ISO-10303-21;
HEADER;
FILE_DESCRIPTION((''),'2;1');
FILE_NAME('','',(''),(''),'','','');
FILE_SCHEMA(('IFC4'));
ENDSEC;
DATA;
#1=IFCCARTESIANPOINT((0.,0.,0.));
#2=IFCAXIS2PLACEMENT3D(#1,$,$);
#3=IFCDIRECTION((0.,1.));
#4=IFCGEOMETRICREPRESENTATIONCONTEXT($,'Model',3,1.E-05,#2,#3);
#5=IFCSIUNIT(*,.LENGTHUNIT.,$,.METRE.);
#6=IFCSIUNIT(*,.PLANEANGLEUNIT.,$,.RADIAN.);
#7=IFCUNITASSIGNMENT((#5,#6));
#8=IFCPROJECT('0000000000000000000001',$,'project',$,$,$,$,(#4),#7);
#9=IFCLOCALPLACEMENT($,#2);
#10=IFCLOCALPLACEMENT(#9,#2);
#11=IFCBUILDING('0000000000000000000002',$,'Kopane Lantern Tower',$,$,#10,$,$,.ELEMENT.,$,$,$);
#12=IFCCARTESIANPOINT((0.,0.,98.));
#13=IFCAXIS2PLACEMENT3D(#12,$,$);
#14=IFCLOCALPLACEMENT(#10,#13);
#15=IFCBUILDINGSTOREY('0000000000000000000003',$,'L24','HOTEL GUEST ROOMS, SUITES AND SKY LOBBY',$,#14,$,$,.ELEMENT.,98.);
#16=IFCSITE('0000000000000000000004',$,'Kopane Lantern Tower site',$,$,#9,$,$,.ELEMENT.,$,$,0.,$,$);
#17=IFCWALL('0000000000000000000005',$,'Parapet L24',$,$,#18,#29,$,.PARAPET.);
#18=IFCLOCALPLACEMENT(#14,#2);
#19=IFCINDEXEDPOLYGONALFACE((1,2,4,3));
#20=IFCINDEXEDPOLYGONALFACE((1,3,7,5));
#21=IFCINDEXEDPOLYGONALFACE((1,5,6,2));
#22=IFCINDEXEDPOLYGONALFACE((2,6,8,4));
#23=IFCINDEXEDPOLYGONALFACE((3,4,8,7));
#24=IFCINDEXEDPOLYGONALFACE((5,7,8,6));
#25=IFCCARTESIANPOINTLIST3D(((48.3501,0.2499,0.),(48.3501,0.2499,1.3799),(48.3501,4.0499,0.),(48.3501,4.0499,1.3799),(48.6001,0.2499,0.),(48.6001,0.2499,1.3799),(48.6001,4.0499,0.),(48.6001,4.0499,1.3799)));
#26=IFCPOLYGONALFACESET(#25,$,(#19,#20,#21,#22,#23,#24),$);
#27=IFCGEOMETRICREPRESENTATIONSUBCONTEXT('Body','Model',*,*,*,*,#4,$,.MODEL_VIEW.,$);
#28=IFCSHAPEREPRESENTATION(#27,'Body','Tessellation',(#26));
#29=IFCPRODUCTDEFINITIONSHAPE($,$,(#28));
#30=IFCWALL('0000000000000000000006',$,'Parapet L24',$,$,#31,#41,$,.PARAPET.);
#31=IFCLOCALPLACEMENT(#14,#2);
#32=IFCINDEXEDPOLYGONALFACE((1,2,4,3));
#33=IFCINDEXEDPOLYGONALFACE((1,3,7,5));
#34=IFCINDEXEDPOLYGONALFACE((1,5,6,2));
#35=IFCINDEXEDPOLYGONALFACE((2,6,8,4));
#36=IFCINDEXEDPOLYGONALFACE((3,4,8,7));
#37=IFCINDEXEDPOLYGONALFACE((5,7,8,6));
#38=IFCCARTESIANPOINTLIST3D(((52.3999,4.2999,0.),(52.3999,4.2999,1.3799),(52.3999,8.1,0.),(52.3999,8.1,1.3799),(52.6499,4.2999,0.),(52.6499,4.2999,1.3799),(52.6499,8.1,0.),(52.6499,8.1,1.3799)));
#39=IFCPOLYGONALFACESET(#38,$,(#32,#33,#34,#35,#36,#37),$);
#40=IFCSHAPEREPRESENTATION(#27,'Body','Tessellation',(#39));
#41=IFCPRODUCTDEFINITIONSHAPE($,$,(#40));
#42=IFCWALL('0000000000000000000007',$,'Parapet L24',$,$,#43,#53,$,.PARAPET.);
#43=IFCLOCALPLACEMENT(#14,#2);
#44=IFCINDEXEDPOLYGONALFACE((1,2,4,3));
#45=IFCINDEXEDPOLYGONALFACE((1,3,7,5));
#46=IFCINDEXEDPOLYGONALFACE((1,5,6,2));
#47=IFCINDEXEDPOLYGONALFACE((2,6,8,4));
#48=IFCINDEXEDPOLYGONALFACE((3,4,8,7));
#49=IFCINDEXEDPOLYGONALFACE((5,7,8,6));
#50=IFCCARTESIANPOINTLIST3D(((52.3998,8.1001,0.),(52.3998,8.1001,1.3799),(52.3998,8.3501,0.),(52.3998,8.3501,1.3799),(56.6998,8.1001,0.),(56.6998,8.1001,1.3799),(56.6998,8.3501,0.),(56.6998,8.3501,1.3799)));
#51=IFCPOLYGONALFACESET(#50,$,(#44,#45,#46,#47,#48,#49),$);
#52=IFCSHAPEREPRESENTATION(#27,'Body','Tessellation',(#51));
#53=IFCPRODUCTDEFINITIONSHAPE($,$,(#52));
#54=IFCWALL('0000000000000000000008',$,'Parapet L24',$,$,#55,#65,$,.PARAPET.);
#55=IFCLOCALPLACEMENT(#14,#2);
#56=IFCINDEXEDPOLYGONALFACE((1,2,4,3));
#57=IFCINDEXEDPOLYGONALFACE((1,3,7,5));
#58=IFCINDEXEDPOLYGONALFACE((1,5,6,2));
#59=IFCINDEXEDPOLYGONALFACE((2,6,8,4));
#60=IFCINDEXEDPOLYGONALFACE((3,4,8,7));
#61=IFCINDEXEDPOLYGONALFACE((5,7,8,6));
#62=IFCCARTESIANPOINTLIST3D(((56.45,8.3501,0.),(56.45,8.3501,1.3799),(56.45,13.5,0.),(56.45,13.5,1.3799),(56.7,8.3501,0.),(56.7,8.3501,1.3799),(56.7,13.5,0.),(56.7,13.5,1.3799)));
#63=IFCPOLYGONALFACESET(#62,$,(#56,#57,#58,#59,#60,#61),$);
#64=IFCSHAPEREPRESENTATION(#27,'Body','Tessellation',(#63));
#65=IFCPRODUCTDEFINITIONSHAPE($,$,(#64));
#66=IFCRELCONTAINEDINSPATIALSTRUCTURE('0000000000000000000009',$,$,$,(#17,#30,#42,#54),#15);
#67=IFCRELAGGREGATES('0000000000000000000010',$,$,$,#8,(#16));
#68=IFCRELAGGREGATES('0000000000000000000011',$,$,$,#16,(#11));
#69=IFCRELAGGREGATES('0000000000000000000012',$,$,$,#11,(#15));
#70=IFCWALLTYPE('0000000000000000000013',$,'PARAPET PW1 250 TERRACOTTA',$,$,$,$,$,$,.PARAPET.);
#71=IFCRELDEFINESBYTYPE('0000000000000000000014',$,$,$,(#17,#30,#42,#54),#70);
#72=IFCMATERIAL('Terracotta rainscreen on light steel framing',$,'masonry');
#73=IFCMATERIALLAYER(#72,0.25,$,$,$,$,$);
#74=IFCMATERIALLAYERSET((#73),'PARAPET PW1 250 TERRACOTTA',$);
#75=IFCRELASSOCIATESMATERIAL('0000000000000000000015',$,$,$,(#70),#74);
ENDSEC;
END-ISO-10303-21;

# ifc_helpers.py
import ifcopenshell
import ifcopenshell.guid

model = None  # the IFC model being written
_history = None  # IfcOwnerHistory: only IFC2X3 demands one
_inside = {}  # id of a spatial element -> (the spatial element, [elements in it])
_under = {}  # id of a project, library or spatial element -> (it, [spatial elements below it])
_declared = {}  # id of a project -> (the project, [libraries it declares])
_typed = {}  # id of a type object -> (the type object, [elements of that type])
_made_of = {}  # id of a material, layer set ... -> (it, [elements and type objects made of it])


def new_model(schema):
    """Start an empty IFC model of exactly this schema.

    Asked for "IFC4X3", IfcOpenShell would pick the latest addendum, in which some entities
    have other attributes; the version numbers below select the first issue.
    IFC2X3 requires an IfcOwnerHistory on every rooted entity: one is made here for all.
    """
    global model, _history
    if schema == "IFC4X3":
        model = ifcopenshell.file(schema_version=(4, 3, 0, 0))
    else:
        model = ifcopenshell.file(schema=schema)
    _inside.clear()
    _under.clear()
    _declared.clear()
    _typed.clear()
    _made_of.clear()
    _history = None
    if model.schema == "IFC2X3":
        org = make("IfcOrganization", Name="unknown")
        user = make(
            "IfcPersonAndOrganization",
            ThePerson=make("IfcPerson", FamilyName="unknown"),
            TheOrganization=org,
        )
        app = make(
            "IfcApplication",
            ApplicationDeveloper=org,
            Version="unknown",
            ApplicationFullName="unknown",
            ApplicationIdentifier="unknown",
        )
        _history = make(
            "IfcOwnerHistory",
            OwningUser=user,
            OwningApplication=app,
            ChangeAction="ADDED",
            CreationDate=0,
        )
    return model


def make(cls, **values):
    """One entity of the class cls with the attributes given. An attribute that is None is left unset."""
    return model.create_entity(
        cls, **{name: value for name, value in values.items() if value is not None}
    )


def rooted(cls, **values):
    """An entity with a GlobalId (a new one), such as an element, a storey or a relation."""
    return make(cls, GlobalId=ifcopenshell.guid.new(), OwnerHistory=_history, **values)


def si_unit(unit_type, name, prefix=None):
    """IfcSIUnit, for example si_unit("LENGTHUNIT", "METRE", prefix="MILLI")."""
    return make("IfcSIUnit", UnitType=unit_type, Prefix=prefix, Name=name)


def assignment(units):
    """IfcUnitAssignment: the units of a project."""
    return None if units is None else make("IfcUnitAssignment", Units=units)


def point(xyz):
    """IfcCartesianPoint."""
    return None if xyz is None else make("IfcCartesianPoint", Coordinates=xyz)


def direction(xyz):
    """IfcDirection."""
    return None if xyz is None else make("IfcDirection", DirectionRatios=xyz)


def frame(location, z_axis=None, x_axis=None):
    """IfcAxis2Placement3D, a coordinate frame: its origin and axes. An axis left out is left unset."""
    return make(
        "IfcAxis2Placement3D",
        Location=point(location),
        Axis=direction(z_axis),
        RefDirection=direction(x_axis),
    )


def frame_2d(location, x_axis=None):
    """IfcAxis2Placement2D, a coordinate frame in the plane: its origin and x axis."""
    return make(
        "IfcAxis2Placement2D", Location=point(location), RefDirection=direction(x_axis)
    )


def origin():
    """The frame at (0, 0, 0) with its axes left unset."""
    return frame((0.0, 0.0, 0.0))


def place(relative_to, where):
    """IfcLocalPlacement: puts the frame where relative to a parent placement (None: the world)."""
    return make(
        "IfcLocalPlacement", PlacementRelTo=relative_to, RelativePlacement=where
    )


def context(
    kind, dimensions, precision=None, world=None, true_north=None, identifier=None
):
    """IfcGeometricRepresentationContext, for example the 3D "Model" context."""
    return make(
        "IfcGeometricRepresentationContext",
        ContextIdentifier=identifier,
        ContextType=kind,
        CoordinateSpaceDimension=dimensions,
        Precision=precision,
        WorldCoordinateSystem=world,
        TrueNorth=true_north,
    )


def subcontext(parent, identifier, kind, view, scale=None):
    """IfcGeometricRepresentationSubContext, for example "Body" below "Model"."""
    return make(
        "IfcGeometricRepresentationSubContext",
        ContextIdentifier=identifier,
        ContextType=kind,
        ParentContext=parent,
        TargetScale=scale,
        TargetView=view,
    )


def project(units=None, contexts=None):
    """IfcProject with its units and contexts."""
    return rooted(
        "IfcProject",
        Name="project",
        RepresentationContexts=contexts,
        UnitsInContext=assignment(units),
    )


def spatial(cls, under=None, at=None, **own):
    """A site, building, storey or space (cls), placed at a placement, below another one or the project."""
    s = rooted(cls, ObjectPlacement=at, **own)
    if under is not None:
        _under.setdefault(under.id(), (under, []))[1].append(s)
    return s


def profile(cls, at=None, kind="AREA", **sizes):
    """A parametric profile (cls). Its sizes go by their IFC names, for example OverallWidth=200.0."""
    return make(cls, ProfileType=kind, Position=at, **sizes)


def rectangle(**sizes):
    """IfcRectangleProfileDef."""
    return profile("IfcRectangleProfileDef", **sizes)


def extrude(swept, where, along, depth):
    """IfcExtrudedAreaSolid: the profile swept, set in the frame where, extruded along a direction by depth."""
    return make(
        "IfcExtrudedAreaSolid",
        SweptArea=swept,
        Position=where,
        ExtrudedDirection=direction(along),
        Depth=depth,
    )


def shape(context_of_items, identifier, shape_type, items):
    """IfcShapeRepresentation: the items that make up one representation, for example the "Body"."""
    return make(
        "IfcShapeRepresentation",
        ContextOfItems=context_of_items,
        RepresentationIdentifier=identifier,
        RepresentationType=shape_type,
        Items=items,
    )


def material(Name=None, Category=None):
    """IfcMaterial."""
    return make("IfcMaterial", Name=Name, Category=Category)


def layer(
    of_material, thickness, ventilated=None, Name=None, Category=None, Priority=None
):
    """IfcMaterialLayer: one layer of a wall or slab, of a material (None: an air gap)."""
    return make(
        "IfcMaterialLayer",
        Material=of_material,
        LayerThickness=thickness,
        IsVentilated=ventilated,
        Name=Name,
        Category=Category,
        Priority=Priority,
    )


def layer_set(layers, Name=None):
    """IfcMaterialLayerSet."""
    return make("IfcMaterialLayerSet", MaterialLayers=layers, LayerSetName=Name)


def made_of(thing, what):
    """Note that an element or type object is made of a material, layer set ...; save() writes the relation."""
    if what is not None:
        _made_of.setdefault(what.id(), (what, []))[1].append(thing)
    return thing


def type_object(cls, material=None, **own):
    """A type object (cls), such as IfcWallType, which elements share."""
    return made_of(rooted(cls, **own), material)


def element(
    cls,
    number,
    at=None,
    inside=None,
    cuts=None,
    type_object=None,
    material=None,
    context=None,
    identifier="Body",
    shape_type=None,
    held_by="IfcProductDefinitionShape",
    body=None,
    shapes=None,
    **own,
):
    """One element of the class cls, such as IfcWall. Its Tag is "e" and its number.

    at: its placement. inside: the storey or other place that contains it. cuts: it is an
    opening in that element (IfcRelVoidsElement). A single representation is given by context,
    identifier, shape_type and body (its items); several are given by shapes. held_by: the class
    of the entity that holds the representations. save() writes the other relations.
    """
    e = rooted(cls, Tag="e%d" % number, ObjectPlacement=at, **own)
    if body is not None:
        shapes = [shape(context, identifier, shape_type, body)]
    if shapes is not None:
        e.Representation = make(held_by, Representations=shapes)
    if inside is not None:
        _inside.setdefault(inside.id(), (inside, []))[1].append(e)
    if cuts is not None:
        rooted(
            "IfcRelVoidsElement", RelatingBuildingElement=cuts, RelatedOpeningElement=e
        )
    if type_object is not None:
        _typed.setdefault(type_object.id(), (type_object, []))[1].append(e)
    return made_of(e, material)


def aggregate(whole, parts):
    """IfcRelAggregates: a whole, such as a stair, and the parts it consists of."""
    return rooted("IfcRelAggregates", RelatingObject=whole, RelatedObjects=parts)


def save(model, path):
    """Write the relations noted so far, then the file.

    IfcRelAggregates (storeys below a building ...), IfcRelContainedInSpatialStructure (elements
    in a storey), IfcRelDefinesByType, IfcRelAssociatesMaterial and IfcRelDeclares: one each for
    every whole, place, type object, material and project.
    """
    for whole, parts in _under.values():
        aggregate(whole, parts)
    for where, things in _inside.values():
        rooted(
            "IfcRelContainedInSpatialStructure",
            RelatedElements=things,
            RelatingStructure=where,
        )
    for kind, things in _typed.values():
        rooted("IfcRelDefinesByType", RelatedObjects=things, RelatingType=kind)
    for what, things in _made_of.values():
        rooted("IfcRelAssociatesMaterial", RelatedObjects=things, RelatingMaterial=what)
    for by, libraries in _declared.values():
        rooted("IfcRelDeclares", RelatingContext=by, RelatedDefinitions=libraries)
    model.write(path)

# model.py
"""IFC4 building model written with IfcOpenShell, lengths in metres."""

from ifc_helpers import new_model, si_unit, direction, frame, frame_2d, origin, place, context, subcontext, project, spatial, rectangle, extrude, material, layer, layer_set, type_object, element, save


model = new_model("IFC4")

# Units and contexts
model_context = context("Model", 3, precision=1e-05, world=origin(), true_north=direction((0.0, 1.0)))
body_context = subcontext(model_context, "Body", "Model", "MODEL_VIEW")
ifc_project = project(units=[si_unit("LENGTHUNIT", "METRE"), si_unit("PLANEANGLEUNIT", "RADIAN")], contexts=[model_context])

# Site, building, storey
site_placement = place(None, origin())
site = spatial("IfcSite", under=ifc_project, at=site_placement, Name="Kopane Lantern Tower site", CompositionType="ELEMENT", RefElevation=0.0)
building_placement = place(site_placement, origin())
building = spatial("IfcBuilding", under=site, at=building_placement, Name="Kopane Lantern Tower", CompositionType="ELEMENT")
storey_placement = place(building_placement, frame((0.0, 0.0, 98.0)))
storey = spatial("IfcBuildingStorey", under=building, at=storey_placement, Name="L24", Description="HOTEL GUEST ROOMS, SUITES AND SKY LOBBY", CompositionType="ELEMENT", Elevation=98.0)

# Walls
ifc_material_1 = material(Name="Terracotta rainscreen on light steel framing", Category="masonry")
ifc_layer_1 = layer(ifc_material_1, 0.25)
ifc_layer_set_1 = layer_set([ifc_layer_1], Name="PARAPET PW1 250 TERRACOTTA")
wall_type = type_object("IfcWallType", Name="PARAPET PW1 250 TERRACOTTA", PredefinedType="PARAPET", material=ifc_layer_set_1)
for number, where, z_axis, x_axis, name in (
    (1, (48.4751, 0.25, 0.0), (0.0, 0.0, 1.0), (0.0, 1.0, 0.0), "Parapet L24"),
    (2, (52.5249, 4.3, 0.0), (0.0, 0.0, 1.0), (0.0, 1.0, 0.0), "Parapet L24"),
):
    element("IfcWall", number, at=place(storey_placement, frame(where, z_axis=z_axis, x_axis=x_axis)), inside=storey, type_object=wall_type, Name=name, PredefinedType="PARAPET", context=body_context, shape_type="SweptSolid", body=[
        extrude(rectangle(XDim=3.8, YDim=0.25, at=frame_2d((1.8999, 0.0))), origin(), (0.0, 0.0, 1.0), 1.3799),
    ])
wall_1_placement = place(storey_placement, frame((52.3999, 8.2251, 0.0), z_axis=(0.0, 0.0, 1.0), x_axis=(1.0, 0.0, 0.0)))
element("IfcWall", 3, at=wall_1_placement, inside=storey, type_object=wall_type, Name="Parapet L24", PredefinedType="PARAPET", context=body_context, shape_type="SweptSolid", body=[
    extrude(rectangle(XDim=4.3, YDim=0.25, at=frame_2d((2.1499, 0.0))), origin(), (0.0, 0.0, 1.0), 1.3799),
])
wall_2_placement = place(storey_placement, frame((56.575, 8.3501, 0.0), z_axis=(0.0, 0.0, 1.0), x_axis=(0.0, 1.0, 0.0)))
element("IfcWall", 4, at=wall_2_placement, inside=storey, type_object=wall_type, Name="Parapet L24", PredefinedType="PARAPET", context=body_context, shape_type="SweptSolid", body=[
    extrude(rectangle(XDim=5.1499, YDim=0.25, at=frame_2d((2.575, 0.0))), origin(), (0.0, 0.0, 1.0), 1.3799),
])

save(model, "model.ifc")
